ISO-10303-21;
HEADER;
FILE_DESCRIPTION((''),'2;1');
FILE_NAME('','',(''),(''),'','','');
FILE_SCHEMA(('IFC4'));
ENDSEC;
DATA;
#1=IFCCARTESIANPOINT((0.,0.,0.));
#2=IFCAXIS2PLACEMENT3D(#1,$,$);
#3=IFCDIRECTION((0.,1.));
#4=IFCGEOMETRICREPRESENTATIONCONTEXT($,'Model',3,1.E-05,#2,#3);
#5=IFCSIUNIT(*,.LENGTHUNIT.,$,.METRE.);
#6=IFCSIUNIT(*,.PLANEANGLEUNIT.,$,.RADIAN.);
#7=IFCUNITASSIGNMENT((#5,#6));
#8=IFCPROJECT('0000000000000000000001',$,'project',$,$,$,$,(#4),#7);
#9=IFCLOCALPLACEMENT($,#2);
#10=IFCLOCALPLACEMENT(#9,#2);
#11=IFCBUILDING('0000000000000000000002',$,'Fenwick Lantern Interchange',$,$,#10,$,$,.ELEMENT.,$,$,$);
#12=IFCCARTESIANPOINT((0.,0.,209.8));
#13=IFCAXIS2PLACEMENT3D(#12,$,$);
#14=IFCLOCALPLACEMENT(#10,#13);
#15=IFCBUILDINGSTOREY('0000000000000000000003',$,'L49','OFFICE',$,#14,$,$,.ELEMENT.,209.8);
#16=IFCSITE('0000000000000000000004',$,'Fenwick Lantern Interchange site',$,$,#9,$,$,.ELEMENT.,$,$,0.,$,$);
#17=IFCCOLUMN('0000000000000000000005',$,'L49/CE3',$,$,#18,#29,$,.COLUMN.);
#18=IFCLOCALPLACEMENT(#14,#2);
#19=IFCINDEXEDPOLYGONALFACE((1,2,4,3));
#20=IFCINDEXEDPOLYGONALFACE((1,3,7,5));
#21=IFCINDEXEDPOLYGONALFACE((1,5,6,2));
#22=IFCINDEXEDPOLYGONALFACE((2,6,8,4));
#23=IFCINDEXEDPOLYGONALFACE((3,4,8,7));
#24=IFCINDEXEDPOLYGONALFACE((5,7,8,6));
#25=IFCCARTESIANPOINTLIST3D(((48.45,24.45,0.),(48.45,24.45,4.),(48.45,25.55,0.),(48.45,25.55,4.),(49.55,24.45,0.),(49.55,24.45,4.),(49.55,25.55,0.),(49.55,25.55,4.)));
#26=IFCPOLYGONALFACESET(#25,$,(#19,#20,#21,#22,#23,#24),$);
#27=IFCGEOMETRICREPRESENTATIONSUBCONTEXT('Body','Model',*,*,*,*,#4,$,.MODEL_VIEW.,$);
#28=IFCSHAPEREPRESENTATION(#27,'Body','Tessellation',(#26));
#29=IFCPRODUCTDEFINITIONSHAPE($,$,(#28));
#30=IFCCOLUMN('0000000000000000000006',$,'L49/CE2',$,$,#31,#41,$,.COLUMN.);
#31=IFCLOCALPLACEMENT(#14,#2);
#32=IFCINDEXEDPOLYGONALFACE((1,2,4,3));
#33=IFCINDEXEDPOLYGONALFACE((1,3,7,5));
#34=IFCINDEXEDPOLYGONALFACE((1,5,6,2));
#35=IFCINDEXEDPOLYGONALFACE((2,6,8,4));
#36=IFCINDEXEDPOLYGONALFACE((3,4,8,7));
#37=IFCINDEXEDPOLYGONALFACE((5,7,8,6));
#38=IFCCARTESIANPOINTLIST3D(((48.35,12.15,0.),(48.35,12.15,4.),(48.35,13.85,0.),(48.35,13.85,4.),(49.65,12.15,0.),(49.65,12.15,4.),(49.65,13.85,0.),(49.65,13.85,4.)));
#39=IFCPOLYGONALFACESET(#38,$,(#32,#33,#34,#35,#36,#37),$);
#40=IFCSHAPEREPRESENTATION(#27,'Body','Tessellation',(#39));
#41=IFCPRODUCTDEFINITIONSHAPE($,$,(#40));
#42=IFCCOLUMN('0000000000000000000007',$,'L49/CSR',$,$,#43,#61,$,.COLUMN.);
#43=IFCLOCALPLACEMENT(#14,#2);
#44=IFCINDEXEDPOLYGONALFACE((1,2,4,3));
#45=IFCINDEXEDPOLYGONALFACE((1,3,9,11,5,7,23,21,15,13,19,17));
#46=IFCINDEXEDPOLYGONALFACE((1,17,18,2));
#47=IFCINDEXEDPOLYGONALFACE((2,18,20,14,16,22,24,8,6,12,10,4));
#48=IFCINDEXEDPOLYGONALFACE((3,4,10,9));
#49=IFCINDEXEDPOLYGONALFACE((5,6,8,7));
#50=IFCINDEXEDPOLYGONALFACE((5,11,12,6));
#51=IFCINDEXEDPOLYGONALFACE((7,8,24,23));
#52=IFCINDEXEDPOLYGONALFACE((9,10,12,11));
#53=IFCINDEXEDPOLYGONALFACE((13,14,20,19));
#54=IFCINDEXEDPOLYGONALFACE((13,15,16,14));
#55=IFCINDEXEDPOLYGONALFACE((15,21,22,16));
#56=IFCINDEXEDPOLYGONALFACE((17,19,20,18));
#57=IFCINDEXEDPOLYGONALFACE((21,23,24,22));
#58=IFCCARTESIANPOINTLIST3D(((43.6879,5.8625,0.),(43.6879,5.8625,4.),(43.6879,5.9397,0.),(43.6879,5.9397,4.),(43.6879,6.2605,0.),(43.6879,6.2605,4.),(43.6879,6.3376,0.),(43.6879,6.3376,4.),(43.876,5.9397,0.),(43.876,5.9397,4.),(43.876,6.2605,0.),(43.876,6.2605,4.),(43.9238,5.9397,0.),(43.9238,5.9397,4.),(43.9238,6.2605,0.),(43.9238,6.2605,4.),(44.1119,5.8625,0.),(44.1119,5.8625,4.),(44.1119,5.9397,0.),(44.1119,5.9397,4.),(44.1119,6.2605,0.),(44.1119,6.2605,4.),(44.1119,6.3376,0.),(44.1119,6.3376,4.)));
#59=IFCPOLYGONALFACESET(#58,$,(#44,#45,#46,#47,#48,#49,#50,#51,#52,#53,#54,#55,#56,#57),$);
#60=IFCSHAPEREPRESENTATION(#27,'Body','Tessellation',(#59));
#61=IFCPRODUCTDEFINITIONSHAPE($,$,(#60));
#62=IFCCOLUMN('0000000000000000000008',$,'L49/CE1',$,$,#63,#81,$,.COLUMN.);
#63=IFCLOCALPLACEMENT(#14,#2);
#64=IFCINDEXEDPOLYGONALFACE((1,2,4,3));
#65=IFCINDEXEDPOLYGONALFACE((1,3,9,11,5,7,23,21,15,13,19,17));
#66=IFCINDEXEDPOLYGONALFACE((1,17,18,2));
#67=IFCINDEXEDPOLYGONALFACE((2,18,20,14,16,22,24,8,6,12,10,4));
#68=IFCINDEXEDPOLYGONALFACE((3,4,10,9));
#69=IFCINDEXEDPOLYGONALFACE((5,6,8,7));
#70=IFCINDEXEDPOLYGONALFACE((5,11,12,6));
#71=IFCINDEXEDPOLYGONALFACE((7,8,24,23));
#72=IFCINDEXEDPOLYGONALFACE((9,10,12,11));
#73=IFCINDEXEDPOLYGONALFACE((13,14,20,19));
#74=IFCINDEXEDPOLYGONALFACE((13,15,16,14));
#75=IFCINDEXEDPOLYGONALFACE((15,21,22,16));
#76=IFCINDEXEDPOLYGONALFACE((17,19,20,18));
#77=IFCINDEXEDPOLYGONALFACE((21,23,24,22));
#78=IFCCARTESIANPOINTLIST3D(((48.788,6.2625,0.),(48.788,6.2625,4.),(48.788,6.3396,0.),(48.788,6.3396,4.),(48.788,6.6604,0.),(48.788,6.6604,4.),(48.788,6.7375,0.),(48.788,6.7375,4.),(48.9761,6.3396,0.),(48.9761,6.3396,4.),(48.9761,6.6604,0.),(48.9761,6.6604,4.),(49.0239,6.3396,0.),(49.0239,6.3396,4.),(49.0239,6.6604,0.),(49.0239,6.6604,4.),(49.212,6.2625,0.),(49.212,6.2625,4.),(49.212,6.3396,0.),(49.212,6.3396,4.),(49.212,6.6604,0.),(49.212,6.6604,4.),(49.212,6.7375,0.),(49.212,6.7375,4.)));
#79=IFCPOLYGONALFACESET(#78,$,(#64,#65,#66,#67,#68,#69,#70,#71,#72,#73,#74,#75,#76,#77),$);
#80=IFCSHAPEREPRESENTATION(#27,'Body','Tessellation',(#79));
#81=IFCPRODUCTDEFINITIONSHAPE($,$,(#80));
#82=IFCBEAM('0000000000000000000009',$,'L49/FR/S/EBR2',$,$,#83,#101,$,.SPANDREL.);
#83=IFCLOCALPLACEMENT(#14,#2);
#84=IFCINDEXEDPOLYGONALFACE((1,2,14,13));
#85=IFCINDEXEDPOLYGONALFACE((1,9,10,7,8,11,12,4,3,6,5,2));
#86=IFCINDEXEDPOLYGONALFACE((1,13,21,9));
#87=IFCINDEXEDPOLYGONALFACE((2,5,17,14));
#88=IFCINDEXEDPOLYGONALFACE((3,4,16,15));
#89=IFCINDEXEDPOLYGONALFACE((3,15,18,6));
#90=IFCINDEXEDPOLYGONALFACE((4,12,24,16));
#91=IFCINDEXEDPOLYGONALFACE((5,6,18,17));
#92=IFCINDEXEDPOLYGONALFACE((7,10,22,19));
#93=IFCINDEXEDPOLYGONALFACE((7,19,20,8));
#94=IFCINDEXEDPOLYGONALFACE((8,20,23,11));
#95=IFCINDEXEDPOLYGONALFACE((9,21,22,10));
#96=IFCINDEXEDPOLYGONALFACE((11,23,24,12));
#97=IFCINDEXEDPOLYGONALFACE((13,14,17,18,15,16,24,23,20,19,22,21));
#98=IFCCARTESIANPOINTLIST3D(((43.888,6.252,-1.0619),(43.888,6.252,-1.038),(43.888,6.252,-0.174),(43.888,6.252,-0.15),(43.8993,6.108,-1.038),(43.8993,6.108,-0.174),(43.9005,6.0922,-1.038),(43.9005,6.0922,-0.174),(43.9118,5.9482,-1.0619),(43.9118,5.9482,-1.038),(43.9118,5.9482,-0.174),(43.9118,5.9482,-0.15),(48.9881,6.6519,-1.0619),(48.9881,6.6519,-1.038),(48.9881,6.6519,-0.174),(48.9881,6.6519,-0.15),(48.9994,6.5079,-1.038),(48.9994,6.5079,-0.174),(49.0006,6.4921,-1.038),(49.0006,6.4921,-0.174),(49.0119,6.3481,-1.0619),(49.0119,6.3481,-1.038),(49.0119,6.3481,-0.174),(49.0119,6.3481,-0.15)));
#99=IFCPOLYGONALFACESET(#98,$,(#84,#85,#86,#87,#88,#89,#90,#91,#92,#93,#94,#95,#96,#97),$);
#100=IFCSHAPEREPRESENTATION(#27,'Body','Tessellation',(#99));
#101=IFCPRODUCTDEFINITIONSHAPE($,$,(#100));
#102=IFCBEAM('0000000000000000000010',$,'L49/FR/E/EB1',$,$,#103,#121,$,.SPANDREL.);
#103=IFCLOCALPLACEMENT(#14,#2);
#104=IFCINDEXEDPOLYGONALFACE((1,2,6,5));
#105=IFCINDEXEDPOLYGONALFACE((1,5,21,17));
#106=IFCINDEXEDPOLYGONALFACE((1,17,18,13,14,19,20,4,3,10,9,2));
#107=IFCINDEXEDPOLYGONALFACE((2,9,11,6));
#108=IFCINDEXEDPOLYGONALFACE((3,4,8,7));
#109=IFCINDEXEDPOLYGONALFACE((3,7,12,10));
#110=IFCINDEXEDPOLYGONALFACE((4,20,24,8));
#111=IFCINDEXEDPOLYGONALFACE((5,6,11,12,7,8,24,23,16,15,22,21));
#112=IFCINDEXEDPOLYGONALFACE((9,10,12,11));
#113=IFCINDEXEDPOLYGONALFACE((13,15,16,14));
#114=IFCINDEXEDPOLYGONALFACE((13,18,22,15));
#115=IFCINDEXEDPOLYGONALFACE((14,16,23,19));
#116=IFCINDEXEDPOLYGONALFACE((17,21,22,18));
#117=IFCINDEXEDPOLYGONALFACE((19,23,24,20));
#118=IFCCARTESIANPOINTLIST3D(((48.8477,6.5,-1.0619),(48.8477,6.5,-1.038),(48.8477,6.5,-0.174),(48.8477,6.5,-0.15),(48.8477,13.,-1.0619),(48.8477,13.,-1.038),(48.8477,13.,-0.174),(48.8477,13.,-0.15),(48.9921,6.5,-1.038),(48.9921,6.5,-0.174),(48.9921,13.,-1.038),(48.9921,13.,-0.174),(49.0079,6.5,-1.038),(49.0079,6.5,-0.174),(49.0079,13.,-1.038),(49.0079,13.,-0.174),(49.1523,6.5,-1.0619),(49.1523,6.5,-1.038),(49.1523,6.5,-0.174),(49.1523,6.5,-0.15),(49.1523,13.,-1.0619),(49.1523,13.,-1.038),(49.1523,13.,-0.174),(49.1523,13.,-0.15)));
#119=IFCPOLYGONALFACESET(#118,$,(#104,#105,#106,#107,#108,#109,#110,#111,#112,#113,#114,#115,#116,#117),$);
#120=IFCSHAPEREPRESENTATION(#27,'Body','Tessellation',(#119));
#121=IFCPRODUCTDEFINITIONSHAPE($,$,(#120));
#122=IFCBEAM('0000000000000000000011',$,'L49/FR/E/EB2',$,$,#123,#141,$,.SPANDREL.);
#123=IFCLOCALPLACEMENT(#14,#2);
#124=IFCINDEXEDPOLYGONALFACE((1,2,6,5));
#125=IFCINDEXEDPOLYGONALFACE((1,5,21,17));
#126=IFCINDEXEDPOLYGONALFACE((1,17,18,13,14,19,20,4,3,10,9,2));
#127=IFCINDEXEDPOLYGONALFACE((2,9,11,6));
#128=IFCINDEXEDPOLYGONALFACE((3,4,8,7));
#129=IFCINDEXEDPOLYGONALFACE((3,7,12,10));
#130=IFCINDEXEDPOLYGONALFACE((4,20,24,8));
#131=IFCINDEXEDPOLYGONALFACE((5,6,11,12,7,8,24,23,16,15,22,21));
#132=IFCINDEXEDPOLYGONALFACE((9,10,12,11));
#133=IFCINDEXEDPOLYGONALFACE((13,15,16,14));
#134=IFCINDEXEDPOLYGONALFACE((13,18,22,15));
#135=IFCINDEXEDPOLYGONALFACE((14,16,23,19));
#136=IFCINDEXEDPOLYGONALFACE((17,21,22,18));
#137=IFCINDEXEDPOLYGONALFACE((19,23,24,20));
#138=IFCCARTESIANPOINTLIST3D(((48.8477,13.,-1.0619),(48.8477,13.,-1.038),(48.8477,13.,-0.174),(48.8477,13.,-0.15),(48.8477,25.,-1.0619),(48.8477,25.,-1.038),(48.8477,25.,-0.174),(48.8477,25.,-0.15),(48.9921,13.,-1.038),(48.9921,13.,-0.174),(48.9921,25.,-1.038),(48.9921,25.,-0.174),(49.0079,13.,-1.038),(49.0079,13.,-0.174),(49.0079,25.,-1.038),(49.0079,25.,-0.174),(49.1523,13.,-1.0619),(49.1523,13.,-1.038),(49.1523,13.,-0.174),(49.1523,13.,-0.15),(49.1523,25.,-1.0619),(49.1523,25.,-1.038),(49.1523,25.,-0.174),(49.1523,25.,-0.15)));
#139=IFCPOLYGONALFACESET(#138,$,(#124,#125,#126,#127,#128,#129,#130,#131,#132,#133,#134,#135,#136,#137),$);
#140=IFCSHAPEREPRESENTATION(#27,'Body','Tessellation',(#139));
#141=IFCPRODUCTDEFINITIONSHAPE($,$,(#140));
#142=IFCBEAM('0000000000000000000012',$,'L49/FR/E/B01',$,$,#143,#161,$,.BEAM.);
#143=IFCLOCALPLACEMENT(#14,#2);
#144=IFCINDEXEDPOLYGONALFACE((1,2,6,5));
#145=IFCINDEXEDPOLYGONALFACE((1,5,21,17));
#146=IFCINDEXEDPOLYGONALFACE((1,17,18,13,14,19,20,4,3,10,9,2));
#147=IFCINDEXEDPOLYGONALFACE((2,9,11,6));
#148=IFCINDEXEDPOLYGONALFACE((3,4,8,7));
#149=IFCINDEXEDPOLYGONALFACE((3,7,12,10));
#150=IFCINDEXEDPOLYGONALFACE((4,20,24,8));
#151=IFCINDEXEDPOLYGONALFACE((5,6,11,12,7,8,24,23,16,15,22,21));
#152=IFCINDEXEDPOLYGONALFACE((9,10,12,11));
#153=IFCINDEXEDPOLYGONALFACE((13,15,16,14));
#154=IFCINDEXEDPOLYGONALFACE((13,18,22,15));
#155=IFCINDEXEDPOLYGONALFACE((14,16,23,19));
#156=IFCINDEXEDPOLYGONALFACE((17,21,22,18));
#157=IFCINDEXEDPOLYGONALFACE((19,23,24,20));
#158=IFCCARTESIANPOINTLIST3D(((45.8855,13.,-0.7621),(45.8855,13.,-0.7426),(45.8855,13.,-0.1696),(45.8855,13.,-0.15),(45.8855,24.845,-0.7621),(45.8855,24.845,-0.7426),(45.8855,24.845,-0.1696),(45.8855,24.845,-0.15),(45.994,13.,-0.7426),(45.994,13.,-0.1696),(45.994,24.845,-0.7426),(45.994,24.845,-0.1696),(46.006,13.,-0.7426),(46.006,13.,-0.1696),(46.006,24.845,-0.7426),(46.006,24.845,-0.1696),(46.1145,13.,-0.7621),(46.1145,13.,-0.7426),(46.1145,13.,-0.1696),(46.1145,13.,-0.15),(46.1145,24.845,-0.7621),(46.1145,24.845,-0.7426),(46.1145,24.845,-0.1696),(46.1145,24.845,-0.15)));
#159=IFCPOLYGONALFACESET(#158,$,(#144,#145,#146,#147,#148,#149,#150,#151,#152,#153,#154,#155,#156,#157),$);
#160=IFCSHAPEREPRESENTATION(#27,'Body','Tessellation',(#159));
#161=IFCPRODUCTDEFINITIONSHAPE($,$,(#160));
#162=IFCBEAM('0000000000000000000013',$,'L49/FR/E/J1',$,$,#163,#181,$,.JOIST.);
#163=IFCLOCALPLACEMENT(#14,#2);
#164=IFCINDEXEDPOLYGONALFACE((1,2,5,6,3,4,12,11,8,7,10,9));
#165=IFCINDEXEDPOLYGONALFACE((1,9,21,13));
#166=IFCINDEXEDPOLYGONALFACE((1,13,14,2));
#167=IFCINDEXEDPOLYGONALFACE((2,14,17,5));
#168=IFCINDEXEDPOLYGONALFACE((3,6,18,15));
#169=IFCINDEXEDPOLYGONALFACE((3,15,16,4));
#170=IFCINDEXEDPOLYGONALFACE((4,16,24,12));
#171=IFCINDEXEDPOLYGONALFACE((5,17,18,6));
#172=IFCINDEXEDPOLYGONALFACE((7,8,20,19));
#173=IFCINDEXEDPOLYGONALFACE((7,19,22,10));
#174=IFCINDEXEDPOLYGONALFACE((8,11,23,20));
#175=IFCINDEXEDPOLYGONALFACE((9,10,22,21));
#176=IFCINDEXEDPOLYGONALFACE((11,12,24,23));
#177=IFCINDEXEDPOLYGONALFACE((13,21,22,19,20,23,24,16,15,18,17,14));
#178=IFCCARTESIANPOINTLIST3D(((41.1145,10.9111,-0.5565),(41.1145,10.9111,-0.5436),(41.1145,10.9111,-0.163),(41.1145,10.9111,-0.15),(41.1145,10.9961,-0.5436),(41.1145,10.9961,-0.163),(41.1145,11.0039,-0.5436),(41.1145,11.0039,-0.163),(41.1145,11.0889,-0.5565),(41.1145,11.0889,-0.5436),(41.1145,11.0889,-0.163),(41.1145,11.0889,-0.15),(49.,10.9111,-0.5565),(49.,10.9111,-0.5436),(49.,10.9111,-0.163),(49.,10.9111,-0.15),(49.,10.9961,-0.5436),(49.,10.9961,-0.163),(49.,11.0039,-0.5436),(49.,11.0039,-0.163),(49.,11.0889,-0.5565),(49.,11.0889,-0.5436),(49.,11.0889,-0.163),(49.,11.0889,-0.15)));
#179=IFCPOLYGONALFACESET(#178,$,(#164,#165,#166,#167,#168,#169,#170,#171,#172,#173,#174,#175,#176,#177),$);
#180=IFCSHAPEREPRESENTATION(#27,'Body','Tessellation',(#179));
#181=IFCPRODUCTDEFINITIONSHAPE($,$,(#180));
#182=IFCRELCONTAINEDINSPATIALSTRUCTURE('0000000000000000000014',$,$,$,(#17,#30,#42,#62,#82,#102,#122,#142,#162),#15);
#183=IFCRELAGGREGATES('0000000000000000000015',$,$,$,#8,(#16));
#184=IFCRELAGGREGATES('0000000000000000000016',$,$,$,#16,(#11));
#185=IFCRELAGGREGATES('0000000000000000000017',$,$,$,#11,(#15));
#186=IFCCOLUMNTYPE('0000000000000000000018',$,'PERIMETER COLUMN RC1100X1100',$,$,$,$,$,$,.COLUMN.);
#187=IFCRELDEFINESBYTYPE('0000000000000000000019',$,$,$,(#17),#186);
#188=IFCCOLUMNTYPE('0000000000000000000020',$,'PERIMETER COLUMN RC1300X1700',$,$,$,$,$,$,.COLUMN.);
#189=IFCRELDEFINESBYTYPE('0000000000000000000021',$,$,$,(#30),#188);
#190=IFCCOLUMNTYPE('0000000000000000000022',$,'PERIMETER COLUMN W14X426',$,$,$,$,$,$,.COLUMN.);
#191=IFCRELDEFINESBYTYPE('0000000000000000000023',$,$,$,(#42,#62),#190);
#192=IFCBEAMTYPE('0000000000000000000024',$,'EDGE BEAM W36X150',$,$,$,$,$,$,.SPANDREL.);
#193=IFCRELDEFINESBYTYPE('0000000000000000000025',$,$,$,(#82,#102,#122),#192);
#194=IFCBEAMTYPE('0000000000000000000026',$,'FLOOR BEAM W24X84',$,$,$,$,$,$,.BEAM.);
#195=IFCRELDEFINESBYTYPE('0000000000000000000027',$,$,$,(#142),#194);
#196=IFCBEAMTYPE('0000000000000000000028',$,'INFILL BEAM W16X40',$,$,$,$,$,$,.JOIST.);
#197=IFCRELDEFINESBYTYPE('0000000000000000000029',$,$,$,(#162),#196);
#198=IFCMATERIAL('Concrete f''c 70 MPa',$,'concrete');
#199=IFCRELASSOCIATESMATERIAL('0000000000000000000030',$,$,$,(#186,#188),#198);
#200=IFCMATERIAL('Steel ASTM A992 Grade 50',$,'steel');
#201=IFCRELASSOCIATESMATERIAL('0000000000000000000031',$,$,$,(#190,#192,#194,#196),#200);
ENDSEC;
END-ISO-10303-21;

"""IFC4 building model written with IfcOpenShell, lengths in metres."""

from ifc_helpers import new_model, si_unit, direction, frame, origin, origin_2d, place, context, subcontext, project, spatial, rectangle, i_section, extrude, material, material_profile, profile_set, type_object, element, save


model = new_model("IFC4")

# Units and contexts
model_context = context("Model", 3, precision=1e-05, world=origin(), true_north=direction((0.0, 1.0)))
body_context = subcontext(model_context, "Body", "Model", "MODEL_VIEW")
ifc_project = project(units=[si_unit("LENGTHUNIT", "METRE"), si_unit("PLANEANGLEUNIT", "RADIAN")], contexts=[model_context])

# Site, building, storey
site_placement = place(None, origin())
site = spatial("IfcSite", under=ifc_project, at=site_placement, Name="Fenwick Lantern Interchange site", CompositionType="ELEMENT", RefElevation=0.0)
building_placement = place(site_placement, origin())
building = spatial("IfcBuilding", under=site, at=building_placement, Name="Fenwick Lantern Interchange", CompositionType="ELEMENT")
storey_placement = place(building_placement, frame((0.0, 0.0, 209.8)))
storey = spatial("IfcBuildingStorey", under=building, at=storey_placement, Name="L49", Description="OFFICE", CompositionType="ELEMENT", Elevation=209.8)

# Columns
ifc_material_1 = material(Name="Concrete f'c 70 MPa", Category="concrete")
ifc_material_profile_1 = material_profile(ifc_material_1, rectangle(XDim=1.1001, YDim=1.1001, at=origin_2d()), Name="RC1100X1100")
ifc_profile_set_1 = profile_set([ifc_material_profile_1], Name="Concrete f'c 70 MPa")
column_type_1 = type_object("IfcColumnType", Name="PERIMETER COLUMN RC1100X1100", PredefinedType="COLUMN", material=ifc_profile_set_1)
column_1_placement = place(storey_placement, frame((49.0, 25.0, 0.0), z_axis=(0.0, 0.0, 1.0), x_axis=(1.0, 0.0, 0.0)))
element("IfcColumn", 1, at=column_1_placement, inside=storey, type_object=column_type_1, Name="L49/CE3", PredefinedType="COLUMN", context=body_context, shape_type="SweptSolid", body=[
    extrude(rectangle(XDim=1.1001, YDim=1.1001, at=origin_2d()), origin(), (0.0, 0.0, 1.0), 4.0),
])
ifc_material_profile_2 = material_profile(ifc_material_1, rectangle(XDim=1.3, YDim=1.7, at=origin_2d()), Name="RC1300X1700")
ifc_profile_set_2 = profile_set([ifc_material_profile_2], Name="Concrete f'c 70 MPa")
column_type_2 = type_object("IfcColumnType", Name="PERIMETER COLUMN RC1300X1700", PredefinedType="COLUMN", material=ifc_profile_set_2)
column_2_placement = place(storey_placement, frame((49.0, 13.0, 0.0), z_axis=(0.0, 0.0, 1.0), x_axis=(1.0, 0.0, 0.0)))
element("IfcColumn", 2, at=column_2_placement, inside=storey, type_object=column_type_2, Name="L49/CE2", PredefinedType="COLUMN", context=body_context, shape_type="SweptSolid", body=[
    extrude(rectangle(XDim=1.3, YDim=1.7, at=origin_2d()), origin(), (0.0, 0.0, 1.0), 4.0),
])
ifc_material_2 = material(Name="Steel ASTM A992 Grade 50", Category="steel")
ifc_material_profile_3 = material_profile(ifc_material_2, i_section(OverallWidth=0.4241, OverallDepth=0.4751, WebThickness=0.0479, FlangeThickness=0.0771, at=origin_2d()), Name="W14X426")
ifc_profile_set_3 = profile_set([ifc_material_profile_3], Name="Steel ASTM A992 Grade 50")
column_type_3 = type_object("IfcColumnType", Name="PERIMETER COLUMN W14X426", PredefinedType="COLUMN", material=ifc_profile_set_3)
for number, where, z_axis, x_axis, name in (
    (3, (43.8999, 6.1001, 0.0), (0.0, 0.0, 1.0), (1.0, 0.0, 0.0), "L49/CSR"),
    (4, (49.0, 6.5, 0.0), (0.0, 0.0, 1.0), (1.0, 0.0, 0.0), "L49/CE1"),
):
    element("IfcColumn", number, at=place(storey_placement, frame(where, z_axis=z_axis, x_axis=x_axis)), inside=storey, type_object=column_type_3, Name=name, PredefinedType="COLUMN", context=body_context, shape_type="SweptSolid", body=[
        extrude(i_section(OverallWidth=0.4241, OverallDepth=0.4751, WebThickness=0.0479, FlangeThickness=0.0771, at=origin_2d()), origin(), (0.0, 0.0, 1.0), 4.0),
    ])

# Beams
ifc_material_profile_4 = material_profile(ifc_material_2, i_section(OverallWidth=0.3047, OverallDepth=0.9119, WebThickness=0.0159, FlangeThickness=0.0239, at=origin_2d()), Name="W36X150")
ifc_profile_set_4 = profile_set([ifc_material_profile_4], Name="Steel ASTM A992 Grade 50")
beam_type_1 = type_object("IfcBeamType", Name="EDGE BEAM W36X150", PredefinedType="SPANDREL", material=ifc_profile_set_4)
beam_1_placement = place(storey_placement, frame((43.8999, 6.1001, -0.606), z_axis=(0.99694, 0.078171, 0.0), x_axis=(-0.078171, 0.99694, 0.0)))
element("IfcBeam", 5, at=beam_1_placement, inside=storey, type_object=beam_type_1, Name="L49/FR/S/EBR2", PredefinedType="SPANDREL", context=body_context, shape_type="SweptSolid", body=[
    extrude(i_section(OverallWidth=0.3047, OverallDepth=0.9119, WebThickness=0.0159, FlangeThickness=0.0239, at=origin_2d()), origin(), (0.0, 0.0, 1.0), 5.1157),
])
beam_2_placement = place(storey_placement, frame((49.0, 6.5, -0.606), z_axis=(0.0, 1.0, 0.0), x_axis=(-1.0, 0.0, 0.0)))
element("IfcBeam", 6, at=beam_2_placement, inside=storey, type_object=beam_type_1, Name="L49/FR/E/EB1", PredefinedType="SPANDREL", context=body_context, shape_type="SweptSolid", body=[
    extrude(i_section(OverallWidth=0.3047, OverallDepth=0.9119, WebThickness=0.0159, FlangeThickness=0.0239, at=origin_2d()), origin(), (0.0, 0.0, 1.0), 6.5),
])
beam_3_placement = place(storey_placement, frame((49.0, 13.0, -0.606), z_axis=(0.0, 1.0, 0.0), x_axis=(-1.0, 0.0, 0.0)))
element("IfcBeam", 7, at=beam_3_placement, inside=storey, type_object=beam_type_1, Name="L49/FR/E/EB2", PredefinedType="SPANDREL", context=body_context, shape_type="SweptSolid", body=[
    extrude(i_section(OverallWidth=0.3047, OverallDepth=0.9119, WebThickness=0.0159, FlangeThickness=0.0239, at=origin_2d()), origin(), (0.0, 0.0, 1.0), 12.0),
])
ifc_material_profile_5 = material_profile(ifc_material_2, i_section(OverallWidth=0.229, OverallDepth=0.6121, WebThickness=0.012, FlangeThickness=0.0195, at=origin_2d()), Name="W24X84")
ifc_profile_set_5 = profile_set([ifc_material_profile_5], Name="Steel ASTM A992 Grade 50")
beam_type_2 = type_object("IfcBeamType", Name="FLOOR BEAM W24X84", PredefinedType="BEAM", material=ifc_profile_set_5)
beam_4_placement = place(storey_placement, frame((46.0, 13.0, -0.4561), z_axis=(0.0, 1.0, 0.0), x_axis=(-1.0, 0.0, 0.0)))
element("IfcBeam", 8, at=beam_4_placement, inside=storey, type_object=beam_type_2, Name="L49/FR/E/B01", PredefinedType="BEAM", context=body_context, shape_type="SweptSolid", body=[
    extrude(i_section(OverallWidth=0.229, OverallDepth=0.6121, WebThickness=0.012, FlangeThickness=0.0195, at=origin_2d()), origin(), (0.0, 0.0, 1.0), 11.845),
])
ifc_material_profile_6 = material_profile(ifc_material_2, i_section(OverallWidth=0.1777, OverallDepth=0.4065, WebThickness=0.0078, FlangeThickness=0.0129, at=origin_2d()), Name="W16X40")
ifc_profile_set_6 = profile_set([ifc_material_profile_6], Name="Steel ASTM A992 Grade 50")
beam_type_3 = type_object("IfcBeamType", Name="INFILL BEAM W16X40", PredefinedType="JOIST", material=ifc_profile_set_6)
beam_5_placement = place(storey_placement, frame((49.0, 11.0, -0.3533), z_axis=(-1.0, 0.0, 0.0), x_axis=(0.0, -1.0, 0.0)))
element("IfcBeam", 9, at=beam_5_placement, inside=storey, type_object=beam_type_3, Name="L49/FR/E/J1", PredefinedType="JOIST", context=body_context, shape_type="SweptSolid", body=[
    extrude(i_section(OverallWidth=0.1777, OverallDepth=0.4065, WebThickness=0.0078, FlangeThickness=0.0129, at=origin_2d()), origin(), (0.0, 0.0, 1.0), 7.8855),
])

save(model, "model.ifc")
